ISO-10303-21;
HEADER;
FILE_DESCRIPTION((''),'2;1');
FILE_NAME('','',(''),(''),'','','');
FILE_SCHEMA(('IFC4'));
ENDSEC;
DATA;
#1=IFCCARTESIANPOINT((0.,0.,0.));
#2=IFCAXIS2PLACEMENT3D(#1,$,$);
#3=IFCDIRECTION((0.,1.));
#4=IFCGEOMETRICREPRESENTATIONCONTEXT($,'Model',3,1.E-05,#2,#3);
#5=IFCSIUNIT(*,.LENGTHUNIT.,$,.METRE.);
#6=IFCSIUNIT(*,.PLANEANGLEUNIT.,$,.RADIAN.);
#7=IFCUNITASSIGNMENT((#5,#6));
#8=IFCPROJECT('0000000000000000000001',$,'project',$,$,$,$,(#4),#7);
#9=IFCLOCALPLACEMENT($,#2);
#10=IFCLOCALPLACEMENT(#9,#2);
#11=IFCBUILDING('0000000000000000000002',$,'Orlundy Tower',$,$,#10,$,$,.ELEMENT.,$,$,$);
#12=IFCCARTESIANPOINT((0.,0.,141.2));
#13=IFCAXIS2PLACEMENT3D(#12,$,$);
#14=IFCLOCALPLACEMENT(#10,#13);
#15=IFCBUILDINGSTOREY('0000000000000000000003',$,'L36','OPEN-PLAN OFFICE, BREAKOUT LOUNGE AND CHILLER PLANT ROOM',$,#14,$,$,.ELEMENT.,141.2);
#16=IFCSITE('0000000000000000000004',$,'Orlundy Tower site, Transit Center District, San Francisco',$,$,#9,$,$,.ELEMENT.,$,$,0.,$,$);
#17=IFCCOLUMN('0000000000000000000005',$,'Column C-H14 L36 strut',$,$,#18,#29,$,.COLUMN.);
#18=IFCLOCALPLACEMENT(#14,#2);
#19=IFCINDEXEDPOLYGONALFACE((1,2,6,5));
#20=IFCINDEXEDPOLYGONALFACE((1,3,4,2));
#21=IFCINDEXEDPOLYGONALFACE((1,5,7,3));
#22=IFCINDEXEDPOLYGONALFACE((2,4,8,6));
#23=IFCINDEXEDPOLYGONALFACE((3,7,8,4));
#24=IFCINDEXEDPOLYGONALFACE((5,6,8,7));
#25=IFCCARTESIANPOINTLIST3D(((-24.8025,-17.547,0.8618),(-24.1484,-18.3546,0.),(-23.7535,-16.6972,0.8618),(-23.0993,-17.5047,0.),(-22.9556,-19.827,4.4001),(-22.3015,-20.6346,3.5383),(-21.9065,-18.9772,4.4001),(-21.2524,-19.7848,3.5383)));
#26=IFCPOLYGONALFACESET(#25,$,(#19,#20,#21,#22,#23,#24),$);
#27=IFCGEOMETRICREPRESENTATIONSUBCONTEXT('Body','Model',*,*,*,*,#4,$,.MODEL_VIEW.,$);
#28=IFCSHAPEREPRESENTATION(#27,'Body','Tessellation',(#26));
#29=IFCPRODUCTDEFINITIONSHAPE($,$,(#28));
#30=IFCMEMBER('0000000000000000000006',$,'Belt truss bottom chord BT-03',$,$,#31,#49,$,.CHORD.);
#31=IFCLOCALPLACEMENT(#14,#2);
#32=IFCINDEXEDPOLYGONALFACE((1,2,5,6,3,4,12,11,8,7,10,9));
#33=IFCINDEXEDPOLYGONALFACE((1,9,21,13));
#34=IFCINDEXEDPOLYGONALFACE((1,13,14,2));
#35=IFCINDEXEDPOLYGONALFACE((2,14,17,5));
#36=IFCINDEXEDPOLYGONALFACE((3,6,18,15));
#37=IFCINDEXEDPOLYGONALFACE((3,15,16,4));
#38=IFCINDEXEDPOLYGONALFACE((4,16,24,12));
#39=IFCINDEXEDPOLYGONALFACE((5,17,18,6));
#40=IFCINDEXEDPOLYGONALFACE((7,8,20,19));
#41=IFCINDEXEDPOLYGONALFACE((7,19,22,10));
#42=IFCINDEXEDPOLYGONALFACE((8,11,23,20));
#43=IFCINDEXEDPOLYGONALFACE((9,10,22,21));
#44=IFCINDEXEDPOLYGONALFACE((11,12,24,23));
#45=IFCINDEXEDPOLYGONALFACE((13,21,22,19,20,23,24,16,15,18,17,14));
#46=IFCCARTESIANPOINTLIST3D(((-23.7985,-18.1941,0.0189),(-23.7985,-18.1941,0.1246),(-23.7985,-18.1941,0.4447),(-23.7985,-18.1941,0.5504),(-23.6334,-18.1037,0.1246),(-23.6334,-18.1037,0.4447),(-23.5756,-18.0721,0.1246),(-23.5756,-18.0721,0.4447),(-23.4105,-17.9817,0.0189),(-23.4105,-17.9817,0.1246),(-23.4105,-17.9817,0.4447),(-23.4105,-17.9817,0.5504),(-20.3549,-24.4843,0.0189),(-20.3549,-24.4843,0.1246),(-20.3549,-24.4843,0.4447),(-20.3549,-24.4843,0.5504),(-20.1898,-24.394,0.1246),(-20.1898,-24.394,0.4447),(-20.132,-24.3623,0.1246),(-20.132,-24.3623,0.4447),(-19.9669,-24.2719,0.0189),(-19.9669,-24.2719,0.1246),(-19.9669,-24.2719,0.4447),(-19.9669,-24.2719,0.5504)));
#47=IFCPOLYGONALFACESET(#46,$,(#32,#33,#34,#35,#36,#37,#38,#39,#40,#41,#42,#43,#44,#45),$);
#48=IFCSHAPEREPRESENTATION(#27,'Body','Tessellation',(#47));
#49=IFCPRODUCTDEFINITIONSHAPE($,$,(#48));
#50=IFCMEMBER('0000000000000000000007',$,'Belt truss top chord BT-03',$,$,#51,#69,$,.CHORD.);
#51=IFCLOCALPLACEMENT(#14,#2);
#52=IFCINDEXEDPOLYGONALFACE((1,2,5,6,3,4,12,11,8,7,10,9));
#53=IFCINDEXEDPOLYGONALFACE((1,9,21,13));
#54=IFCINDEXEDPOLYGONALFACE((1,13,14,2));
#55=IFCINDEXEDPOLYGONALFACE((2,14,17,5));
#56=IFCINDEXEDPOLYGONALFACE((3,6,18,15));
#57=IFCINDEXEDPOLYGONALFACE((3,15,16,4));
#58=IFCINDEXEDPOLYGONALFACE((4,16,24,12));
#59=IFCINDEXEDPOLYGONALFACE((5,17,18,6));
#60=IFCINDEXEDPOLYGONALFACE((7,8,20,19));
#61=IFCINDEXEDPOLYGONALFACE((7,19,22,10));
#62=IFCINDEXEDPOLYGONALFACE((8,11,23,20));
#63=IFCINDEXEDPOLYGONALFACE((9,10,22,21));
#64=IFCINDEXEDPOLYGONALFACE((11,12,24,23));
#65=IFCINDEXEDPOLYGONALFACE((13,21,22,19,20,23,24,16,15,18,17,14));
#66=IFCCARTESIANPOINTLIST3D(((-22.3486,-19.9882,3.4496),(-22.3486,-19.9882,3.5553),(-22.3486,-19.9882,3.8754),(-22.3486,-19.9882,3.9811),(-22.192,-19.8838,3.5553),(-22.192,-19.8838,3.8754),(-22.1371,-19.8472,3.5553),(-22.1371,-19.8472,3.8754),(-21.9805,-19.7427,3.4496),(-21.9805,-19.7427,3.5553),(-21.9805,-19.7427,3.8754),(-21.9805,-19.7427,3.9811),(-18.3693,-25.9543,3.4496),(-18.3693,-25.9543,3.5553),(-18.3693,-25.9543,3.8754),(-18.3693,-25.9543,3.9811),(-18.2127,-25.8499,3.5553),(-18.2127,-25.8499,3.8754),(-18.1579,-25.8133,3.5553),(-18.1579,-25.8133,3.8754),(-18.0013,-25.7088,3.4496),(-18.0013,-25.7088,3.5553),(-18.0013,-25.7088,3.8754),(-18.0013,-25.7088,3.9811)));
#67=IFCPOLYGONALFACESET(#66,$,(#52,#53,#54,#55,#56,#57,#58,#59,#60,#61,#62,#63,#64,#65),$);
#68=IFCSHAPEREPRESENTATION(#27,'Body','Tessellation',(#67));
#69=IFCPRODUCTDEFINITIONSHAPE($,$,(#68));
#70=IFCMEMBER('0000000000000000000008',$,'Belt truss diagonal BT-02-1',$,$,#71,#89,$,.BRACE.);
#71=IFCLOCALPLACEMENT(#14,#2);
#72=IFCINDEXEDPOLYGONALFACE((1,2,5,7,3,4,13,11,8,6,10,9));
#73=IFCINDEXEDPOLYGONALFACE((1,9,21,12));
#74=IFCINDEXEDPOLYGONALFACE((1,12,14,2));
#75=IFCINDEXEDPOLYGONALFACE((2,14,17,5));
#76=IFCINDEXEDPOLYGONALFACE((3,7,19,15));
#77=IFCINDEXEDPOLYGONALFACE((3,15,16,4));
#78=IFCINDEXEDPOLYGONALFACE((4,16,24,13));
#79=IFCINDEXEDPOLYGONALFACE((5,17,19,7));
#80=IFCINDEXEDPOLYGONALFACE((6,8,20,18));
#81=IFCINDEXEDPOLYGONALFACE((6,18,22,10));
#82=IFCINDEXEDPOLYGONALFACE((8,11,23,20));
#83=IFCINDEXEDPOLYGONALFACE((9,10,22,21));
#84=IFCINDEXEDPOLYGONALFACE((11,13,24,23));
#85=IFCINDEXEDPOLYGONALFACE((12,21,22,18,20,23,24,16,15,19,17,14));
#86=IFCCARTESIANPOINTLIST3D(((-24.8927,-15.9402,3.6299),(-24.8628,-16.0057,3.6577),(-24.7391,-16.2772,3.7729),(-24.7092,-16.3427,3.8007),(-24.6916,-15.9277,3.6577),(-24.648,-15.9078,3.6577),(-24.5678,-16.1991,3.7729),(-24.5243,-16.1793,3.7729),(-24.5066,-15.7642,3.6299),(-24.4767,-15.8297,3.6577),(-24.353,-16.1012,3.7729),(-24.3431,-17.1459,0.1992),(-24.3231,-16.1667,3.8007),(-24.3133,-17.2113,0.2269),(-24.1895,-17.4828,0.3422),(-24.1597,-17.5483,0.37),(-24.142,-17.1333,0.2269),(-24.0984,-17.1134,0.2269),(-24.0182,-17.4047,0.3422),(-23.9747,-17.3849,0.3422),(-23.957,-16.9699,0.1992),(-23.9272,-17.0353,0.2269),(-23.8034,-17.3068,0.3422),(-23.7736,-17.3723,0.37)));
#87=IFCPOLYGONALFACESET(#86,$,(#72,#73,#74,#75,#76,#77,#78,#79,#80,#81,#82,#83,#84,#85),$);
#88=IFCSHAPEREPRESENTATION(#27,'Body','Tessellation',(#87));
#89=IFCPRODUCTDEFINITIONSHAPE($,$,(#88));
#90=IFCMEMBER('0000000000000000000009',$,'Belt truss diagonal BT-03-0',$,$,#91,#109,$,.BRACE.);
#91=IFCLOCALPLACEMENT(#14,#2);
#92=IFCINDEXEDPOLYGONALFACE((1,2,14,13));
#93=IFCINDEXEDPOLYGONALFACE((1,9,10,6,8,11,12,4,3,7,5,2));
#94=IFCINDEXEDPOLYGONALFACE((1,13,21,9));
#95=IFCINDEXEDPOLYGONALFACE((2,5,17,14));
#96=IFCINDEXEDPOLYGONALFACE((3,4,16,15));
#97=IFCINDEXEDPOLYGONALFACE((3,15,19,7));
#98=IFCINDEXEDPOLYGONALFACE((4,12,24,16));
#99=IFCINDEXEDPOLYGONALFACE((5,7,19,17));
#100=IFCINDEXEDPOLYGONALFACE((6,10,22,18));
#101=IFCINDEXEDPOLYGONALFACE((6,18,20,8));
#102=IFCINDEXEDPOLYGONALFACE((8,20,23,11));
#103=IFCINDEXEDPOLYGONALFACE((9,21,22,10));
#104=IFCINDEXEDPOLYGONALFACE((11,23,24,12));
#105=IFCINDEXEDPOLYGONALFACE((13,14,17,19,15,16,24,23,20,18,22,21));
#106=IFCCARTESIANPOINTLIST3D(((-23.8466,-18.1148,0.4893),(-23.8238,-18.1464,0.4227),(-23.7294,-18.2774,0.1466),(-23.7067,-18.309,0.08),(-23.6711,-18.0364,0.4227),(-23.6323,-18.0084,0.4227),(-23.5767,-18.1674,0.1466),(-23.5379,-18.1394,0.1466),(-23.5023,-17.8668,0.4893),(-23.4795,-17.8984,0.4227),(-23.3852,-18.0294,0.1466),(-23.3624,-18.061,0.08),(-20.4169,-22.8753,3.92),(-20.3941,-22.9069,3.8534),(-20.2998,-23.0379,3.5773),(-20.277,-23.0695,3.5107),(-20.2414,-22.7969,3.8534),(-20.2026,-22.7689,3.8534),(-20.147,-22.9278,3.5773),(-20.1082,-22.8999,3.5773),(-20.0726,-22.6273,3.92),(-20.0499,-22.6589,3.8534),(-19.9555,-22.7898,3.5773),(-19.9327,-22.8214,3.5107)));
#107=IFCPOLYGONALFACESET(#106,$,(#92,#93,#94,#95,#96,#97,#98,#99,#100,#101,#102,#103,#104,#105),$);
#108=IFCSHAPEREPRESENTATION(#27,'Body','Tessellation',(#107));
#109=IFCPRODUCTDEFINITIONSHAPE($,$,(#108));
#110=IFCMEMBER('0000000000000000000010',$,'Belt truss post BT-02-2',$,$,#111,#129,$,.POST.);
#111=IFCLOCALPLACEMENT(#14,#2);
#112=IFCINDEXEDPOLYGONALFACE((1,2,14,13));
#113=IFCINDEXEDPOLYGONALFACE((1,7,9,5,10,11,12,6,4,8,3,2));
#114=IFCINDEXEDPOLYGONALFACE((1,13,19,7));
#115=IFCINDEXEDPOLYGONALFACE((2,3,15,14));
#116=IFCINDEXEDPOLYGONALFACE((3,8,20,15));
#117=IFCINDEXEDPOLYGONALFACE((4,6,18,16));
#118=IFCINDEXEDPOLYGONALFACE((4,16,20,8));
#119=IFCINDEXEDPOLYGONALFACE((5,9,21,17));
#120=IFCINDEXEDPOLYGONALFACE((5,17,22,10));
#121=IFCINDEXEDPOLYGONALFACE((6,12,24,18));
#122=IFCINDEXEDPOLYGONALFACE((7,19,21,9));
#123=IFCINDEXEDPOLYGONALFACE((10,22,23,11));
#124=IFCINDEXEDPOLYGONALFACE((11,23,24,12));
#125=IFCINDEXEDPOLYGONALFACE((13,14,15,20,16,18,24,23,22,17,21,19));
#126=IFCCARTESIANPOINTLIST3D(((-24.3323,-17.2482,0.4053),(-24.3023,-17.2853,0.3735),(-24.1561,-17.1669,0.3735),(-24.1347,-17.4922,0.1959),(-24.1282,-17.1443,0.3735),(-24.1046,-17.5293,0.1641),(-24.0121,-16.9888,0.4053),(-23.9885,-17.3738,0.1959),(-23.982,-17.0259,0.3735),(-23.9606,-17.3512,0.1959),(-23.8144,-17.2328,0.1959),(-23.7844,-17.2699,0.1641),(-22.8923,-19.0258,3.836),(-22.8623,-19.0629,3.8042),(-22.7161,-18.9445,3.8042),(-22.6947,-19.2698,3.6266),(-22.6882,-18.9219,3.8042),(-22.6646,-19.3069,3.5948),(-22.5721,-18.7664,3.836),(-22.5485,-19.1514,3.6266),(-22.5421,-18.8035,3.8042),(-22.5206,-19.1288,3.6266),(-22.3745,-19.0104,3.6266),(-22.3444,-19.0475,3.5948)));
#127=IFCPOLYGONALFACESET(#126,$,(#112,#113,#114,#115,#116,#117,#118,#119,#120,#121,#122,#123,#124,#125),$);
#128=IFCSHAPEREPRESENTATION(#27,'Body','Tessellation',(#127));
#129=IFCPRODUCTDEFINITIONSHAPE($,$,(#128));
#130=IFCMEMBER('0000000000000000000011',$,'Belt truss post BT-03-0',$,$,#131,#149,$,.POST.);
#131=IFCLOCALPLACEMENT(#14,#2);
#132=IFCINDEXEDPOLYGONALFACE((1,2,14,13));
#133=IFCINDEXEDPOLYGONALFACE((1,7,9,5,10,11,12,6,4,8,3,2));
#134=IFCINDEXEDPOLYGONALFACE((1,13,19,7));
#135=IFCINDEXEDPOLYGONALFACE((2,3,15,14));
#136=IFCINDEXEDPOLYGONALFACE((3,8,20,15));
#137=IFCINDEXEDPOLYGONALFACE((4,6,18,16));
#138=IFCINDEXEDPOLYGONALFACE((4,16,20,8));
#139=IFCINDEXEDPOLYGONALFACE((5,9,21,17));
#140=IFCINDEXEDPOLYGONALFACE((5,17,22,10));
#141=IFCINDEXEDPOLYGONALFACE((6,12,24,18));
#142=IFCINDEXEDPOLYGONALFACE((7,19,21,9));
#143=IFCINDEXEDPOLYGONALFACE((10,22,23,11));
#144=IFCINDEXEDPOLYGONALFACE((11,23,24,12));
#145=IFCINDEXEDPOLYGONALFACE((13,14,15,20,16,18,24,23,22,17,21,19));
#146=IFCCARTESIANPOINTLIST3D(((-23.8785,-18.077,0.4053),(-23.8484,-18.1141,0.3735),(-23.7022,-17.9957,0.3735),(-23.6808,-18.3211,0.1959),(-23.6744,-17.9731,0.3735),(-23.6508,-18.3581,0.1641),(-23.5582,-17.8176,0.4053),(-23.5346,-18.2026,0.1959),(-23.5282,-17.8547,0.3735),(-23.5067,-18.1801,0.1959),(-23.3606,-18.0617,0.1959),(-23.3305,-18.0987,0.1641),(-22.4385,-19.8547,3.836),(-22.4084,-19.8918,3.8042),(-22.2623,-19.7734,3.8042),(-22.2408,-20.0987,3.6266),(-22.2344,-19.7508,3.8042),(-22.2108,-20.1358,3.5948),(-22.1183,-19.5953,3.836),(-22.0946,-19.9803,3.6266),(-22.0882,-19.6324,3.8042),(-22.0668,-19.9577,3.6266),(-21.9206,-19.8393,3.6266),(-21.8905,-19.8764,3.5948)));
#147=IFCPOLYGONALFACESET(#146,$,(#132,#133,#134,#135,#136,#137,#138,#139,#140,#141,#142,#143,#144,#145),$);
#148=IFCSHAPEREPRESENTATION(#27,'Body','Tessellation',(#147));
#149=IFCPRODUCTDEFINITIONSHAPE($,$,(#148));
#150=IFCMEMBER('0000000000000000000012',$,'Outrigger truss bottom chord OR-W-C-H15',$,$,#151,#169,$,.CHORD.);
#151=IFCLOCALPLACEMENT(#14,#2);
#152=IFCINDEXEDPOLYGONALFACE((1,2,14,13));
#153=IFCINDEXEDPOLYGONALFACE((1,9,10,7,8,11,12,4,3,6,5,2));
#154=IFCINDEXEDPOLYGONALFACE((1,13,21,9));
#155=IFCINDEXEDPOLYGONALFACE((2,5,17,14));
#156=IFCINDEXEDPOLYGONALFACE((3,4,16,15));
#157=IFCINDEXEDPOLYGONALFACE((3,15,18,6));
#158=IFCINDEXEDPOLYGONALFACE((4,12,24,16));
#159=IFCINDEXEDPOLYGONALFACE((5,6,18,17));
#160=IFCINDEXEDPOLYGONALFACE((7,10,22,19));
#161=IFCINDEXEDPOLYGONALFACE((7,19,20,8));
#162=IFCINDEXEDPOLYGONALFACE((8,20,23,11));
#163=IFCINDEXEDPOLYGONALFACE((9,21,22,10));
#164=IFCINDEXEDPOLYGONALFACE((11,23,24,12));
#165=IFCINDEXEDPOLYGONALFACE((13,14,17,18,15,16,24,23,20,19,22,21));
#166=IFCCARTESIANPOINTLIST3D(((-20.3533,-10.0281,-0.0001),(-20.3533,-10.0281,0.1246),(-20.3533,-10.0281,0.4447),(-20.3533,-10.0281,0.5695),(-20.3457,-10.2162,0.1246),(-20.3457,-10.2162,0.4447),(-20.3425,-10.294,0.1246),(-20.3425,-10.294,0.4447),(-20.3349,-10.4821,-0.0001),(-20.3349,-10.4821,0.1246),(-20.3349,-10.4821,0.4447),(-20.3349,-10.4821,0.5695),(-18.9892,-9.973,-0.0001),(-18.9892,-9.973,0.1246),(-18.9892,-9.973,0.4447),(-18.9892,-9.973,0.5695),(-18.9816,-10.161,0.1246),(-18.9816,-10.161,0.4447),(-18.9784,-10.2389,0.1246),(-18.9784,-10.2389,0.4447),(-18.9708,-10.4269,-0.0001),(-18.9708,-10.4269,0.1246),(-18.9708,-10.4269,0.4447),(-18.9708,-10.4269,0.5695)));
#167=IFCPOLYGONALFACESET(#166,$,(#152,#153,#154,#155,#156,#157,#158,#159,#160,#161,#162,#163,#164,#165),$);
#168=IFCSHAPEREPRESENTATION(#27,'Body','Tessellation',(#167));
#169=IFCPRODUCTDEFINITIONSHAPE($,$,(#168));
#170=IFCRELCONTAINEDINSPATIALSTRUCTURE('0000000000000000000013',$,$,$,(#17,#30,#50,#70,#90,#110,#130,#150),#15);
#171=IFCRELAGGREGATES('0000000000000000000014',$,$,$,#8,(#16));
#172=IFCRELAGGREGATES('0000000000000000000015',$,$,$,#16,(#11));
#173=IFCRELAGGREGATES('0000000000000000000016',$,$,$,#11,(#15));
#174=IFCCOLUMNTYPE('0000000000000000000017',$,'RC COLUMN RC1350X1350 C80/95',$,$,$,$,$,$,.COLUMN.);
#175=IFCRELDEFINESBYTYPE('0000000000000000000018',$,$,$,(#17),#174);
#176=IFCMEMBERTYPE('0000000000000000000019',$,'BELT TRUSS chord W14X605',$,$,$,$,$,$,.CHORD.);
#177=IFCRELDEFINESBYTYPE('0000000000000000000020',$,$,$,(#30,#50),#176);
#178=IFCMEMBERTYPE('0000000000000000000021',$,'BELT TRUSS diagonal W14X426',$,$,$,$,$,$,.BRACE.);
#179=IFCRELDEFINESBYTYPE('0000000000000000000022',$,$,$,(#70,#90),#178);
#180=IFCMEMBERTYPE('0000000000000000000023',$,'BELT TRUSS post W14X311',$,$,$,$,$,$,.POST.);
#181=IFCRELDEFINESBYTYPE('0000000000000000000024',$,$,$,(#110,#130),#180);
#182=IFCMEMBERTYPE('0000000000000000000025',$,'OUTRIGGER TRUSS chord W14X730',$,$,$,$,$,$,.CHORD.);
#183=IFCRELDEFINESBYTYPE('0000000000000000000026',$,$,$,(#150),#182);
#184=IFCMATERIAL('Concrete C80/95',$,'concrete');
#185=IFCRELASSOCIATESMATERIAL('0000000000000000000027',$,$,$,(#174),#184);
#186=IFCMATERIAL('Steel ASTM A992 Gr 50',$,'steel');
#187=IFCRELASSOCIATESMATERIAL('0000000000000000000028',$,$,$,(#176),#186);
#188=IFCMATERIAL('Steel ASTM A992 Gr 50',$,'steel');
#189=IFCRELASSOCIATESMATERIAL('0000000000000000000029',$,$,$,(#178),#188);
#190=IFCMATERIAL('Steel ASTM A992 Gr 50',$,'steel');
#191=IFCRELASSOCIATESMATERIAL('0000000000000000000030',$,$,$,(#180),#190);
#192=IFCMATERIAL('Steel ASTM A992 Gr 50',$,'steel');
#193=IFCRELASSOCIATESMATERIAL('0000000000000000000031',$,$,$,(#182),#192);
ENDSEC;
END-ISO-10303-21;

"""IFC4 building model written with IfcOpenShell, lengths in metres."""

from ifc_helpers import new_model, si_unit, direction, frame, origin, origin_2d, place, context, subcontext, project, spatial, rectangle, i_section, extrude, material, material_profile, profile_set, type_object, element, save


model = new_model("IFC4")

# Units and contexts
model_context = context("Model", 3, precision=1e-05, world=origin(), true_north=direction((0.0, 1.0)))
body_context = subcontext(model_context, "Body", "Model", "MODEL_VIEW")
ifc_project = project(units=[si_unit("LENGTHUNIT", "METRE"), si_unit("PLANEANGLEUNIT", "RADIAN")], contexts=[model_context])

# Site, building, storey
site_placement = place(None, origin())
site = spatial("IfcSite", under=ifc_project, at=site_placement, Name="Orlundy Tower site, Transit Center District, San Francisco", CompositionType="ELEMENT", RefElevation=0.0)
building_placement = place(site_placement, origin())
building = spatial("IfcBuilding", under=site, at=building_placement, Name="Orlundy Tower", CompositionType="ELEMENT")
storey_placement = place(building_placement, frame((0.0, 0.0, 141.2)))
storey = spatial("IfcBuildingStorey", under=building, at=storey_placement, Name="L36", Description="OPEN-PLAN OFFICE, BREAKOUT LOUNGE AND CHILLER PLANT ROOM", CompositionType="ELEMENT", Elevation=141.2)

# Column
ifc_material_1 = material(Name="Concrete C80/95", Category="concrete")
ifc_material_profile_1 = material_profile(ifc_material_1, rectangle(XDim=1.3501, YDim=1.3501, at=origin_2d()), Name="RC1350X1350")
ifc_profile_set_1 = profile_set([ifc_material_profile_1], Name="Concrete C80/95")
column_type = type_object("IfcColumnType", Name="RC COLUMN RC1350X1350 C80/95", PredefinedType="COLUMN", material=ifc_profile_set_1)
column_placement = place(storey_placement, frame((-23.9509, -17.5259, 0.4309), z_axis=(0.401795, -0.496017, 0.769758), x_axis=(0.777047, 0.629442, 0.0)))
element("IfcColumn", 1, at=column_placement, inside=storey, type_object=column_type, Name="Column C-H14 L36 strut", PredefinedType="COLUMN", context=body_context, shape_type="SweptSolid", body=[
    extrude(rectangle(XDim=1.3501, YDim=1.3501, at=origin_2d()), origin(), (0.0, 0.0, 1.0), 4.5967),
])

# Members
ifc_material_2 = material(Name="Steel ASTM A992 Gr 50", Category="steel")
ifc_material_profile_2 = material_profile(ifc_material_2, i_section(OverallWidth=0.4424, OverallDepth=0.5315, WebThickness=0.0659, FlangeThickness=0.1057, at=origin_2d()), Name="W14X605")
ifc_profile_set_2 = profile_set([ifc_material_profile_2], Name="Steel ASTM A992 Gr 50")
member_type_1 = type_object("IfcMemberType", Name="BELT TRUSS chord W14X605", PredefinedType="CHORD", material=ifc_profile_set_2)
member_1_placement = place(storey_placement, frame((-23.6045, -18.0879, 0.2847), z_axis=(0.480199, -0.877159, 0.0), x_axis=(0.877159, 0.480199, 0.0)))
element("IfcMember", 2, at=member_1_placement, inside=storey, type_object=member_type_1, Name="Belt truss bottom chord BT-03", PredefinedType="CHORD", context=body_context, shape_type="SweptSolid", body=[
    extrude(i_section(OverallWidth=0.4424, OverallDepth=0.5315, WebThickness=0.0659, FlangeThickness=0.1057, at=origin_2d()), origin(), (0.0, 0.0, 1.0), 7.1711),
])
member_2_placement = place(storey_placement, frame((-22.1646, -19.8655, 3.7153), z_axis=(0.554881, -0.83193, 0.0), x_axis=(0.83193, 0.554881, 0.0)))
element("IfcMember", 3, at=member_2_placement, inside=storey, type_object=member_type_1, Name="Belt truss top chord BT-03", PredefinedType="CHORD", context=body_context, shape_type="SweptSolid", body=[
    extrude(i_section(OverallWidth=0.4424, OverallDepth=0.5315, WebThickness=0.0659, FlangeThickness=0.1057, at=origin_2d()), origin(), (0.0, 0.0, 1.0), 7.1714),
])
ifc_material_3 = material(Name="Steel ASTM A992 Gr 50", Category="steel")
ifc_material_profile_3 = material_profile(ifc_material_3, i_section(OverallWidth=0.4243, OverallDepth=0.4741, WebThickness=0.0479, FlangeThickness=0.0771, at=origin_2d()), Name="W14X426")
ifc_profile_set_3 = profile_set([ifc_material_profile_3], Name="Steel ASTM A992 Gr 50")
member_type_2 = type_object("IfcMemberType", Name="BELT TRUSS diagonal W14X426", PredefinedType="BRACE", material=ifc_profile_set_3)
member_3_placement = place(storey_placement, frame((-24.6079, -16.0535, 3.7153), z_axis=(0.149434, -0.327812, -0.93285), x_axis=(0.909918, 0.414788, 0.0)))
element("IfcMember", 4, at=member_3_placement, inside=storey, type_object=member_type_2, Name="Belt truss diagonal BT-02-1", PredefinedType="BRACE", context=body_context, shape_type="SweptSolid", body=[
    extrude(i_section(OverallWidth=0.4243, OverallDepth=0.4741, WebThickness=0.0479, FlangeThickness=0.0771, at=origin_2d()), origin(), (0.0, 0.0, 1.0), 3.6777),
])
member_4_placement = place(storey_placement, frame((-23.6045, -18.0879, 0.2847), z_axis=(0.504614, -0.700418, 0.504758), x_axis=(0.811362, 0.584544, 0.0)))
element("IfcMember", 5, at=member_4_placement, inside=storey, type_object=member_type_2, Name="Belt truss diagonal BT-03-0", PredefinedType="BRACE", context=body_context, shape_type="SweptSolid", body=[
    extrude(i_section(OverallWidth=0.4243, OverallDepth=0.4741, WebThickness=0.0479, FlangeThickness=0.0771, at=origin_2d()), origin(), (0.0, 0.0, 1.0), 6.7966),
])
ifc_material_4 = material(Name="Steel ASTM A992 Gr 50", Category="steel")
ifc_material_profile_4 = material_profile(ifc_material_4, i_section(OverallWidth=0.4121, OverallDepth=0.4348, WebThickness=0.0359, FlangeThickness=0.0574, at=origin_2d()), Name="W14X311")
ifc_profile_set_4 = profile_set([ifc_material_profile_4], Name="Steel ASTM A992 Gr 50")
member_type_3 = type_object("IfcMemberType", Name="BELT TRUSS post W14X311", PredefinedType="POST", material=ifc_profile_set_4)
for number, where, z_axis, x_axis, name in (
    (6, (-24.0583, -17.259, 0.2847), (0.349209, -0.431094, 0.831992), (0.777044, 0.629447, 0.0), "Belt truss post BT-02-2"),
    (7, (-23.6045, -18.0879, 0.2847), (0.349209, -0.431094, 0.831992), (0.777044, 0.629447, 0.0), "Belt truss post BT-03-0"),
):
    element("IfcMember", number, at=place(storey_placement, frame(where, z_axis=z_axis, x_axis=x_axis)), inside=storey, type_object=member_type_3, Name=name, PredefinedType="POST", context=body_context, shape_type="SweptSolid", body=[
        extrude(i_section(OverallWidth=0.4121, OverallDepth=0.4348, WebThickness=0.0359, FlangeThickness=0.0574, at=origin_2d()), origin(), (0.0, 0.0, 1.0), 4.1235),
    ])
ifc_material_5 = material(Name="Steel ASTM A992 Gr 50", Category="steel")
ifc_material_profile_5 = material_profile(ifc_material_5, i_section(OverallWidth=0.4543, OverallDepth=0.5696, WebThickness=0.0779, FlangeThickness=0.1248, at=origin_2d()), Name="W14X730")
ifc_profile_set_5 = profile_set([ifc_material_profile_5], Name="Steel ASTM A992 Gr 50")
member_type_4 = type_object("IfcMemberType", Name="OUTRIGGER TRUSS chord W14X730", PredefinedType="CHORD", material=ifc_profile_set_5)
member_5_placement = place(storey_placement, frame((-18.98, -10.2, 0.2847), z_axis=(-0.999183, -0.040418, 0.0), x_axis=(0.040418, -0.999183, 0.0)))
element("IfcMember", 8, at=member_5_placement, inside=storey, type_object=member_type_4, Name="Outrigger truss bottom chord OR-W-C-H15", PredefinedType="CHORD", context=body_context, shape_type="SweptSolid", body=[
    extrude(i_section(OverallWidth=0.4543, OverallDepth=0.5696, WebThickness=0.0779, FlangeThickness=0.1248, at=origin_2d()), origin(), (0.0, 0.0, 1.0), 1.3652),
])

save(model, "model.ifc")
